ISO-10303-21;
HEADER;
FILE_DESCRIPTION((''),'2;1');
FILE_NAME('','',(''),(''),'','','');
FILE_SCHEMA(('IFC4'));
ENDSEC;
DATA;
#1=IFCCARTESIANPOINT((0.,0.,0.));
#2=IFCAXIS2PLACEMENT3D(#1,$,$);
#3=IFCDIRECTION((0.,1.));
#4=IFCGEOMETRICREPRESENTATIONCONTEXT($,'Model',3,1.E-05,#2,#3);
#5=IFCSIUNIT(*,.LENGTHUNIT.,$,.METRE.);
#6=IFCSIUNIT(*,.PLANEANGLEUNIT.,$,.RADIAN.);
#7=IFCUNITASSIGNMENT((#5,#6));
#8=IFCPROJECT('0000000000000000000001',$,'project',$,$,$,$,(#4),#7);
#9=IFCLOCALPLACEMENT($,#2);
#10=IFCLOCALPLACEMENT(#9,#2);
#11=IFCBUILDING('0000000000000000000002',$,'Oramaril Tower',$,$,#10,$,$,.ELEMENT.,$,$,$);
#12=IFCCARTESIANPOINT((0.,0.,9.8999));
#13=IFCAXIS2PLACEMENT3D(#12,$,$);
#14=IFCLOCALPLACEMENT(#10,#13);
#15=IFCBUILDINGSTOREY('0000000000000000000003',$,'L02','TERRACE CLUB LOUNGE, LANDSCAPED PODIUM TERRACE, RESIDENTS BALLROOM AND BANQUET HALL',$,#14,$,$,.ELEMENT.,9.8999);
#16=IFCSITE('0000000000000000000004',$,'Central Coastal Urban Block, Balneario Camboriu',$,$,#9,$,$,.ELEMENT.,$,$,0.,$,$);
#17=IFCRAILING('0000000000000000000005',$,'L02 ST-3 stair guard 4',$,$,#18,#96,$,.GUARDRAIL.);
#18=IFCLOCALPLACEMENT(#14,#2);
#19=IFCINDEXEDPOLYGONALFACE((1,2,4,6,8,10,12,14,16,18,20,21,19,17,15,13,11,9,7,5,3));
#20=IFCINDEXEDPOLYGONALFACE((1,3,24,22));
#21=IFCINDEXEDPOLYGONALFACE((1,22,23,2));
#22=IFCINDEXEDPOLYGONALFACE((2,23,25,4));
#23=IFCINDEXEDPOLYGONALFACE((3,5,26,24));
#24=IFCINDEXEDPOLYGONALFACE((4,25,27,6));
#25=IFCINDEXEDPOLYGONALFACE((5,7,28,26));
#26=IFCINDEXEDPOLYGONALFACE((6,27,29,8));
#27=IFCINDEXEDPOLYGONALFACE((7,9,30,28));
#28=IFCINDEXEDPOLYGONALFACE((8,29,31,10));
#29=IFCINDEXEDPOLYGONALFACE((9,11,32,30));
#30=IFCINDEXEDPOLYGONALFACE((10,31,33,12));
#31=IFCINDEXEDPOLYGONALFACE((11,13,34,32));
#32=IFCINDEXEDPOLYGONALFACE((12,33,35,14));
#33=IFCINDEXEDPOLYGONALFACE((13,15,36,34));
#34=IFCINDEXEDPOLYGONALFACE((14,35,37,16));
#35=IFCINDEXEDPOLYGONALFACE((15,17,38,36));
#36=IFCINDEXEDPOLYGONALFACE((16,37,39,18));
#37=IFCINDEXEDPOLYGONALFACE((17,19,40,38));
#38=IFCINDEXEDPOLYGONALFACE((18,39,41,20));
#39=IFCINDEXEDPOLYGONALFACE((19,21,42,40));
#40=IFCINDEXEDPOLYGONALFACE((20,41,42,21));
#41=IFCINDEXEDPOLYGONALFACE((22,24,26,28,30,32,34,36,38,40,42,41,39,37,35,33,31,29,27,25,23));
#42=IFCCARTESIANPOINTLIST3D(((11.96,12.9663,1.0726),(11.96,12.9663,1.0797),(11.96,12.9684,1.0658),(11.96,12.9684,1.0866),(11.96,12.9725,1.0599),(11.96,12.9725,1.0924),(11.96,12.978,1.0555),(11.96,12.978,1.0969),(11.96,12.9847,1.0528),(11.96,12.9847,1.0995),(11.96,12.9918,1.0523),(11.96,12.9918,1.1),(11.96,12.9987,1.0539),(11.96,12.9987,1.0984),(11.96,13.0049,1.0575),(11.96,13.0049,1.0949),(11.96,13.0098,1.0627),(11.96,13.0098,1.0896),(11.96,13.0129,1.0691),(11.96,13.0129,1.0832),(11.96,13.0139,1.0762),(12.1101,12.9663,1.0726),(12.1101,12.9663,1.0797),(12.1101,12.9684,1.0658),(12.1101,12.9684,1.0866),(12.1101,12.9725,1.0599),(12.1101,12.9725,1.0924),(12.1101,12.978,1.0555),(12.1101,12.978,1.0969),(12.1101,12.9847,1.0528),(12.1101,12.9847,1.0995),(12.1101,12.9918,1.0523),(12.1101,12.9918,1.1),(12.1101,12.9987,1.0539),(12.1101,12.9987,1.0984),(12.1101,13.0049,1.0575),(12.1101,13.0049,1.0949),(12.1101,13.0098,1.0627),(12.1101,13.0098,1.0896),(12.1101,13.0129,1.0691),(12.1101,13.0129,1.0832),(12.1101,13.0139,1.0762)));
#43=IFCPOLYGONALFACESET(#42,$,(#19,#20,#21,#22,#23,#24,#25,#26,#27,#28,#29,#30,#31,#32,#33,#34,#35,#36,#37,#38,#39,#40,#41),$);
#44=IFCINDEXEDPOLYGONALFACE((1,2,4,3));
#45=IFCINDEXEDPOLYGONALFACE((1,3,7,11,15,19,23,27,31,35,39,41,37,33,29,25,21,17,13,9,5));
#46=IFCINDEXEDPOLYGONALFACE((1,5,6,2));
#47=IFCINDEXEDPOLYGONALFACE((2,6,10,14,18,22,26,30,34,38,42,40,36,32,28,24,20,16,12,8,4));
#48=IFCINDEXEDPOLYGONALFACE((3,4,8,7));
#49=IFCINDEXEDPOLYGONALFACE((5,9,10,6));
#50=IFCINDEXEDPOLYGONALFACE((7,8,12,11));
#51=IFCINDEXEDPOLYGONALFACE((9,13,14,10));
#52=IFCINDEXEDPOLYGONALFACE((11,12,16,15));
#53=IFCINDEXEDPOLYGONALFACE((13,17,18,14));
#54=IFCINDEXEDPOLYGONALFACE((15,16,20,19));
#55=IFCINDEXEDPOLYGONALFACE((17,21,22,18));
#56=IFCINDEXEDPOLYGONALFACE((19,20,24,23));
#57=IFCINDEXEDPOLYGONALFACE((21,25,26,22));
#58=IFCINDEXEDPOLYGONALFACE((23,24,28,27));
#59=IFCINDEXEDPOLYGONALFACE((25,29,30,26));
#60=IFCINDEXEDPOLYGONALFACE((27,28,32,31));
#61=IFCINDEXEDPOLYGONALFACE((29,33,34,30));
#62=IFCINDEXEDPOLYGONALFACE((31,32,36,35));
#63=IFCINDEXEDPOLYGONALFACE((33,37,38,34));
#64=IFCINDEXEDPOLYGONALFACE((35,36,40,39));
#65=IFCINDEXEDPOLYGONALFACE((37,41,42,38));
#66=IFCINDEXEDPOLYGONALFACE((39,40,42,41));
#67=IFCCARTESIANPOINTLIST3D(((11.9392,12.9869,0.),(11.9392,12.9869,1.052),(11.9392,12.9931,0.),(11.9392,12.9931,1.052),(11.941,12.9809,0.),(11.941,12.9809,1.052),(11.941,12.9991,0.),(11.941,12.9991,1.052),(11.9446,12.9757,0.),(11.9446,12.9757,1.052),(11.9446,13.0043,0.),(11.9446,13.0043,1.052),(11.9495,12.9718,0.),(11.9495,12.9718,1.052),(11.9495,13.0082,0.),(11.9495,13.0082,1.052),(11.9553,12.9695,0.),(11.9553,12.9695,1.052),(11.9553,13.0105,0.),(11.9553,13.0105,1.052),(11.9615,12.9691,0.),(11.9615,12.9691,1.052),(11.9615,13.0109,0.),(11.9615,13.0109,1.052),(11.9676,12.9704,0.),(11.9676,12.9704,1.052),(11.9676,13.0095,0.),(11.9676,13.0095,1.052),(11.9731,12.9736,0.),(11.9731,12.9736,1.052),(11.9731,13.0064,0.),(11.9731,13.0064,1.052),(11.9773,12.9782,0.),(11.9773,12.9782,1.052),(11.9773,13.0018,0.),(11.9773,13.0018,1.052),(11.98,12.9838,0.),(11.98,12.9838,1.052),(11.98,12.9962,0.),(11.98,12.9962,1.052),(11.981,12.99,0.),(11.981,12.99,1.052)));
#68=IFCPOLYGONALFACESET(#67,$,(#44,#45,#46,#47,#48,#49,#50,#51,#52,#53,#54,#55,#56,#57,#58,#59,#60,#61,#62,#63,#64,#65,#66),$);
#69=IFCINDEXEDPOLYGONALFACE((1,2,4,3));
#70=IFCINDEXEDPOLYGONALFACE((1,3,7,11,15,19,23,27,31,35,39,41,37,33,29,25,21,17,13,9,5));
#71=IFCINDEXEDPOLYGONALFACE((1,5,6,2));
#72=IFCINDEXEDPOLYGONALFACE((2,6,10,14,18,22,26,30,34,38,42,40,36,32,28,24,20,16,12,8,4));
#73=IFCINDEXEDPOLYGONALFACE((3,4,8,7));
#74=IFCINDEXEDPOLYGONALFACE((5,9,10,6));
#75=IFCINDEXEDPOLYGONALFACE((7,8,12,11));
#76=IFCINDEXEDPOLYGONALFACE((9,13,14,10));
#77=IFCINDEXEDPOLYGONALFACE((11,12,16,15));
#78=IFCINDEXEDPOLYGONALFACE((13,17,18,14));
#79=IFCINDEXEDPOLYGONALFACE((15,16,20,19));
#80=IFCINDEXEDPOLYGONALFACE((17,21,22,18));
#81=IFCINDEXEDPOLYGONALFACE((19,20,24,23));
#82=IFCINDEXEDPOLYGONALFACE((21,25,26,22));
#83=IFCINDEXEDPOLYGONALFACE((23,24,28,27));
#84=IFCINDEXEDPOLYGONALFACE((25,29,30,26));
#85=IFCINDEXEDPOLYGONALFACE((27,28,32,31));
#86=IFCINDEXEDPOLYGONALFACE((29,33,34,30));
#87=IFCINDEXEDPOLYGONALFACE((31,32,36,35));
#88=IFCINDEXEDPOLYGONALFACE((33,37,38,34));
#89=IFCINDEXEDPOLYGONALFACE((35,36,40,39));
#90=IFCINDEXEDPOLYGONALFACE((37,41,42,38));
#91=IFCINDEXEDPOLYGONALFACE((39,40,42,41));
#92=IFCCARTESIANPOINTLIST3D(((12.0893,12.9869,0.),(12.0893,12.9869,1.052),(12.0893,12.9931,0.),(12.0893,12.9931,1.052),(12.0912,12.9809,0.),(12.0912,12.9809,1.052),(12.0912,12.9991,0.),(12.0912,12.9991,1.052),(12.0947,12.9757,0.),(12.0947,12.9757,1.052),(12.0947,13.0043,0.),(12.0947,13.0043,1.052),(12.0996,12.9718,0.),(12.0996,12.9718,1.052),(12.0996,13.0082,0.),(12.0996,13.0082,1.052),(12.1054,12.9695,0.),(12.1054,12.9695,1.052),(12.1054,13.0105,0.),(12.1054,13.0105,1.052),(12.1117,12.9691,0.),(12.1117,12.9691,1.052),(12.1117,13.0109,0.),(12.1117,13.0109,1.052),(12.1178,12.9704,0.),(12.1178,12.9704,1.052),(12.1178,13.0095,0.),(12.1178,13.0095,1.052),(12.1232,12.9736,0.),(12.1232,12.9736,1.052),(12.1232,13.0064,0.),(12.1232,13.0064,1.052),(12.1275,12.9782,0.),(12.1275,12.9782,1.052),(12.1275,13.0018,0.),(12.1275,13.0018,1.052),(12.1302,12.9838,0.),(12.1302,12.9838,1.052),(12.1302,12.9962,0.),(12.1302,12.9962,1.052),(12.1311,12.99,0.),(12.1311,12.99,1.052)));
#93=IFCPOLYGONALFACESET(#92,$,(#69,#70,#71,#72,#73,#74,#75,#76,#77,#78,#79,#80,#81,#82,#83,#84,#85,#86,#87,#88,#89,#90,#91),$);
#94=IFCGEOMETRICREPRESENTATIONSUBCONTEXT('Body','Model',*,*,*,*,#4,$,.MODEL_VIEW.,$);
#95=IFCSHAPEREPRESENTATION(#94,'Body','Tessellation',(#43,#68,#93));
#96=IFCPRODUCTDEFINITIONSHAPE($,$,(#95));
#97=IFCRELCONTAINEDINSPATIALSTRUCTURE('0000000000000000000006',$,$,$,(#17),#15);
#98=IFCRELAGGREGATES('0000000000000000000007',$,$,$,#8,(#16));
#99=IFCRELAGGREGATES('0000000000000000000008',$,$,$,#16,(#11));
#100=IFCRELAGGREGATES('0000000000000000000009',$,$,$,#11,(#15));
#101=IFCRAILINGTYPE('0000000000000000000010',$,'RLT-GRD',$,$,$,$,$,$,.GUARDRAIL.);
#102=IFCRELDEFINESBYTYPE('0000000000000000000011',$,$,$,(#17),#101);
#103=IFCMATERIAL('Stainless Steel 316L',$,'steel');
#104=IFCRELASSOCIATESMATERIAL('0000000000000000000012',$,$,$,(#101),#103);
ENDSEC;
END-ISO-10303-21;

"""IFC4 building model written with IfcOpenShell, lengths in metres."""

from ifc_helpers import new_model, si_unit, direction, frame, origin, origin_2d, place, context, subcontext, project, spatial, circle, extrude, material, type_object, element, save


model = new_model("IFC4")

# Units and contexts
model_context = context("Model", 3, precision=1e-05, world=origin(), true_north=direction((0.0, 1.0)))
body_context = subcontext(model_context, "Body", "Model", "MODEL_VIEW")
ifc_project = project(units=[si_unit("LENGTHUNIT", "METRE"), si_unit("PLANEANGLEUNIT", "RADIAN")], contexts=[model_context])

# Site, building, storey
site_placement = place(None, origin())
site = spatial("IfcSite", under=ifc_project, at=site_placement, Name="Central Coastal Urban Block, Balneario Camboriu", CompositionType="ELEMENT", RefElevation=0.0)
building_placement = place(site_placement, origin())
building = spatial("IfcBuilding", under=site, at=building_placement, Name="Oramaril Tower", CompositionType="ELEMENT")
storey_placement = place(building_placement, frame((0.0, 0.0, 9.8999)))
storey = spatial("IfcBuildingStorey", under=building, at=storey_placement, Name="L02", Description="TERRACE CLUB LOUNGE, LANDSCAPED PODIUM TERRACE, RESIDENTS BALLROOM AND BANQUET HALL", CompositionType="ELEMENT", Elevation=9.8999)

# Railing
ifc_material_1 = material(Name="Stainless Steel 316L", Category="steel")
railing_type_1 = type_object("IfcRailingType", Name="RLT-GRD", PredefinedType="GUARDRAIL", material=ifc_material_1)
railing_1_placement = place(storey_placement, frame((11.96, 12.99, 0.0)))
element("IfcRailing", 1, at=railing_1_placement, inside=storey, type_object=railing_type_1, Name="L02 ST-3 stair guard 4", PredefinedType="GUARDRAIL", context=body_context, shape_type="SweptSolid", body=[
    extrude(circle(Radius=0.0239, at=origin_2d()), frame((0.0, 0.0, 1.0762), z_axis=(1.0, 0.0, 0.0), x_axis=(0.0, 1.0, 0.0)), (0.0, 0.0, 1.0), 0.1501),
    extrude(circle(Radius=0.021, at=origin_2d()), origin(), (0.0, 0.0, 1.0), 1.052),
    extrude(circle(Radius=0.021, at=origin_2d()), frame((0.1501, 0.0, 0.0)), (0.0, 0.0, 1.0), 1.052),
])

save(model, "model.ifc")
